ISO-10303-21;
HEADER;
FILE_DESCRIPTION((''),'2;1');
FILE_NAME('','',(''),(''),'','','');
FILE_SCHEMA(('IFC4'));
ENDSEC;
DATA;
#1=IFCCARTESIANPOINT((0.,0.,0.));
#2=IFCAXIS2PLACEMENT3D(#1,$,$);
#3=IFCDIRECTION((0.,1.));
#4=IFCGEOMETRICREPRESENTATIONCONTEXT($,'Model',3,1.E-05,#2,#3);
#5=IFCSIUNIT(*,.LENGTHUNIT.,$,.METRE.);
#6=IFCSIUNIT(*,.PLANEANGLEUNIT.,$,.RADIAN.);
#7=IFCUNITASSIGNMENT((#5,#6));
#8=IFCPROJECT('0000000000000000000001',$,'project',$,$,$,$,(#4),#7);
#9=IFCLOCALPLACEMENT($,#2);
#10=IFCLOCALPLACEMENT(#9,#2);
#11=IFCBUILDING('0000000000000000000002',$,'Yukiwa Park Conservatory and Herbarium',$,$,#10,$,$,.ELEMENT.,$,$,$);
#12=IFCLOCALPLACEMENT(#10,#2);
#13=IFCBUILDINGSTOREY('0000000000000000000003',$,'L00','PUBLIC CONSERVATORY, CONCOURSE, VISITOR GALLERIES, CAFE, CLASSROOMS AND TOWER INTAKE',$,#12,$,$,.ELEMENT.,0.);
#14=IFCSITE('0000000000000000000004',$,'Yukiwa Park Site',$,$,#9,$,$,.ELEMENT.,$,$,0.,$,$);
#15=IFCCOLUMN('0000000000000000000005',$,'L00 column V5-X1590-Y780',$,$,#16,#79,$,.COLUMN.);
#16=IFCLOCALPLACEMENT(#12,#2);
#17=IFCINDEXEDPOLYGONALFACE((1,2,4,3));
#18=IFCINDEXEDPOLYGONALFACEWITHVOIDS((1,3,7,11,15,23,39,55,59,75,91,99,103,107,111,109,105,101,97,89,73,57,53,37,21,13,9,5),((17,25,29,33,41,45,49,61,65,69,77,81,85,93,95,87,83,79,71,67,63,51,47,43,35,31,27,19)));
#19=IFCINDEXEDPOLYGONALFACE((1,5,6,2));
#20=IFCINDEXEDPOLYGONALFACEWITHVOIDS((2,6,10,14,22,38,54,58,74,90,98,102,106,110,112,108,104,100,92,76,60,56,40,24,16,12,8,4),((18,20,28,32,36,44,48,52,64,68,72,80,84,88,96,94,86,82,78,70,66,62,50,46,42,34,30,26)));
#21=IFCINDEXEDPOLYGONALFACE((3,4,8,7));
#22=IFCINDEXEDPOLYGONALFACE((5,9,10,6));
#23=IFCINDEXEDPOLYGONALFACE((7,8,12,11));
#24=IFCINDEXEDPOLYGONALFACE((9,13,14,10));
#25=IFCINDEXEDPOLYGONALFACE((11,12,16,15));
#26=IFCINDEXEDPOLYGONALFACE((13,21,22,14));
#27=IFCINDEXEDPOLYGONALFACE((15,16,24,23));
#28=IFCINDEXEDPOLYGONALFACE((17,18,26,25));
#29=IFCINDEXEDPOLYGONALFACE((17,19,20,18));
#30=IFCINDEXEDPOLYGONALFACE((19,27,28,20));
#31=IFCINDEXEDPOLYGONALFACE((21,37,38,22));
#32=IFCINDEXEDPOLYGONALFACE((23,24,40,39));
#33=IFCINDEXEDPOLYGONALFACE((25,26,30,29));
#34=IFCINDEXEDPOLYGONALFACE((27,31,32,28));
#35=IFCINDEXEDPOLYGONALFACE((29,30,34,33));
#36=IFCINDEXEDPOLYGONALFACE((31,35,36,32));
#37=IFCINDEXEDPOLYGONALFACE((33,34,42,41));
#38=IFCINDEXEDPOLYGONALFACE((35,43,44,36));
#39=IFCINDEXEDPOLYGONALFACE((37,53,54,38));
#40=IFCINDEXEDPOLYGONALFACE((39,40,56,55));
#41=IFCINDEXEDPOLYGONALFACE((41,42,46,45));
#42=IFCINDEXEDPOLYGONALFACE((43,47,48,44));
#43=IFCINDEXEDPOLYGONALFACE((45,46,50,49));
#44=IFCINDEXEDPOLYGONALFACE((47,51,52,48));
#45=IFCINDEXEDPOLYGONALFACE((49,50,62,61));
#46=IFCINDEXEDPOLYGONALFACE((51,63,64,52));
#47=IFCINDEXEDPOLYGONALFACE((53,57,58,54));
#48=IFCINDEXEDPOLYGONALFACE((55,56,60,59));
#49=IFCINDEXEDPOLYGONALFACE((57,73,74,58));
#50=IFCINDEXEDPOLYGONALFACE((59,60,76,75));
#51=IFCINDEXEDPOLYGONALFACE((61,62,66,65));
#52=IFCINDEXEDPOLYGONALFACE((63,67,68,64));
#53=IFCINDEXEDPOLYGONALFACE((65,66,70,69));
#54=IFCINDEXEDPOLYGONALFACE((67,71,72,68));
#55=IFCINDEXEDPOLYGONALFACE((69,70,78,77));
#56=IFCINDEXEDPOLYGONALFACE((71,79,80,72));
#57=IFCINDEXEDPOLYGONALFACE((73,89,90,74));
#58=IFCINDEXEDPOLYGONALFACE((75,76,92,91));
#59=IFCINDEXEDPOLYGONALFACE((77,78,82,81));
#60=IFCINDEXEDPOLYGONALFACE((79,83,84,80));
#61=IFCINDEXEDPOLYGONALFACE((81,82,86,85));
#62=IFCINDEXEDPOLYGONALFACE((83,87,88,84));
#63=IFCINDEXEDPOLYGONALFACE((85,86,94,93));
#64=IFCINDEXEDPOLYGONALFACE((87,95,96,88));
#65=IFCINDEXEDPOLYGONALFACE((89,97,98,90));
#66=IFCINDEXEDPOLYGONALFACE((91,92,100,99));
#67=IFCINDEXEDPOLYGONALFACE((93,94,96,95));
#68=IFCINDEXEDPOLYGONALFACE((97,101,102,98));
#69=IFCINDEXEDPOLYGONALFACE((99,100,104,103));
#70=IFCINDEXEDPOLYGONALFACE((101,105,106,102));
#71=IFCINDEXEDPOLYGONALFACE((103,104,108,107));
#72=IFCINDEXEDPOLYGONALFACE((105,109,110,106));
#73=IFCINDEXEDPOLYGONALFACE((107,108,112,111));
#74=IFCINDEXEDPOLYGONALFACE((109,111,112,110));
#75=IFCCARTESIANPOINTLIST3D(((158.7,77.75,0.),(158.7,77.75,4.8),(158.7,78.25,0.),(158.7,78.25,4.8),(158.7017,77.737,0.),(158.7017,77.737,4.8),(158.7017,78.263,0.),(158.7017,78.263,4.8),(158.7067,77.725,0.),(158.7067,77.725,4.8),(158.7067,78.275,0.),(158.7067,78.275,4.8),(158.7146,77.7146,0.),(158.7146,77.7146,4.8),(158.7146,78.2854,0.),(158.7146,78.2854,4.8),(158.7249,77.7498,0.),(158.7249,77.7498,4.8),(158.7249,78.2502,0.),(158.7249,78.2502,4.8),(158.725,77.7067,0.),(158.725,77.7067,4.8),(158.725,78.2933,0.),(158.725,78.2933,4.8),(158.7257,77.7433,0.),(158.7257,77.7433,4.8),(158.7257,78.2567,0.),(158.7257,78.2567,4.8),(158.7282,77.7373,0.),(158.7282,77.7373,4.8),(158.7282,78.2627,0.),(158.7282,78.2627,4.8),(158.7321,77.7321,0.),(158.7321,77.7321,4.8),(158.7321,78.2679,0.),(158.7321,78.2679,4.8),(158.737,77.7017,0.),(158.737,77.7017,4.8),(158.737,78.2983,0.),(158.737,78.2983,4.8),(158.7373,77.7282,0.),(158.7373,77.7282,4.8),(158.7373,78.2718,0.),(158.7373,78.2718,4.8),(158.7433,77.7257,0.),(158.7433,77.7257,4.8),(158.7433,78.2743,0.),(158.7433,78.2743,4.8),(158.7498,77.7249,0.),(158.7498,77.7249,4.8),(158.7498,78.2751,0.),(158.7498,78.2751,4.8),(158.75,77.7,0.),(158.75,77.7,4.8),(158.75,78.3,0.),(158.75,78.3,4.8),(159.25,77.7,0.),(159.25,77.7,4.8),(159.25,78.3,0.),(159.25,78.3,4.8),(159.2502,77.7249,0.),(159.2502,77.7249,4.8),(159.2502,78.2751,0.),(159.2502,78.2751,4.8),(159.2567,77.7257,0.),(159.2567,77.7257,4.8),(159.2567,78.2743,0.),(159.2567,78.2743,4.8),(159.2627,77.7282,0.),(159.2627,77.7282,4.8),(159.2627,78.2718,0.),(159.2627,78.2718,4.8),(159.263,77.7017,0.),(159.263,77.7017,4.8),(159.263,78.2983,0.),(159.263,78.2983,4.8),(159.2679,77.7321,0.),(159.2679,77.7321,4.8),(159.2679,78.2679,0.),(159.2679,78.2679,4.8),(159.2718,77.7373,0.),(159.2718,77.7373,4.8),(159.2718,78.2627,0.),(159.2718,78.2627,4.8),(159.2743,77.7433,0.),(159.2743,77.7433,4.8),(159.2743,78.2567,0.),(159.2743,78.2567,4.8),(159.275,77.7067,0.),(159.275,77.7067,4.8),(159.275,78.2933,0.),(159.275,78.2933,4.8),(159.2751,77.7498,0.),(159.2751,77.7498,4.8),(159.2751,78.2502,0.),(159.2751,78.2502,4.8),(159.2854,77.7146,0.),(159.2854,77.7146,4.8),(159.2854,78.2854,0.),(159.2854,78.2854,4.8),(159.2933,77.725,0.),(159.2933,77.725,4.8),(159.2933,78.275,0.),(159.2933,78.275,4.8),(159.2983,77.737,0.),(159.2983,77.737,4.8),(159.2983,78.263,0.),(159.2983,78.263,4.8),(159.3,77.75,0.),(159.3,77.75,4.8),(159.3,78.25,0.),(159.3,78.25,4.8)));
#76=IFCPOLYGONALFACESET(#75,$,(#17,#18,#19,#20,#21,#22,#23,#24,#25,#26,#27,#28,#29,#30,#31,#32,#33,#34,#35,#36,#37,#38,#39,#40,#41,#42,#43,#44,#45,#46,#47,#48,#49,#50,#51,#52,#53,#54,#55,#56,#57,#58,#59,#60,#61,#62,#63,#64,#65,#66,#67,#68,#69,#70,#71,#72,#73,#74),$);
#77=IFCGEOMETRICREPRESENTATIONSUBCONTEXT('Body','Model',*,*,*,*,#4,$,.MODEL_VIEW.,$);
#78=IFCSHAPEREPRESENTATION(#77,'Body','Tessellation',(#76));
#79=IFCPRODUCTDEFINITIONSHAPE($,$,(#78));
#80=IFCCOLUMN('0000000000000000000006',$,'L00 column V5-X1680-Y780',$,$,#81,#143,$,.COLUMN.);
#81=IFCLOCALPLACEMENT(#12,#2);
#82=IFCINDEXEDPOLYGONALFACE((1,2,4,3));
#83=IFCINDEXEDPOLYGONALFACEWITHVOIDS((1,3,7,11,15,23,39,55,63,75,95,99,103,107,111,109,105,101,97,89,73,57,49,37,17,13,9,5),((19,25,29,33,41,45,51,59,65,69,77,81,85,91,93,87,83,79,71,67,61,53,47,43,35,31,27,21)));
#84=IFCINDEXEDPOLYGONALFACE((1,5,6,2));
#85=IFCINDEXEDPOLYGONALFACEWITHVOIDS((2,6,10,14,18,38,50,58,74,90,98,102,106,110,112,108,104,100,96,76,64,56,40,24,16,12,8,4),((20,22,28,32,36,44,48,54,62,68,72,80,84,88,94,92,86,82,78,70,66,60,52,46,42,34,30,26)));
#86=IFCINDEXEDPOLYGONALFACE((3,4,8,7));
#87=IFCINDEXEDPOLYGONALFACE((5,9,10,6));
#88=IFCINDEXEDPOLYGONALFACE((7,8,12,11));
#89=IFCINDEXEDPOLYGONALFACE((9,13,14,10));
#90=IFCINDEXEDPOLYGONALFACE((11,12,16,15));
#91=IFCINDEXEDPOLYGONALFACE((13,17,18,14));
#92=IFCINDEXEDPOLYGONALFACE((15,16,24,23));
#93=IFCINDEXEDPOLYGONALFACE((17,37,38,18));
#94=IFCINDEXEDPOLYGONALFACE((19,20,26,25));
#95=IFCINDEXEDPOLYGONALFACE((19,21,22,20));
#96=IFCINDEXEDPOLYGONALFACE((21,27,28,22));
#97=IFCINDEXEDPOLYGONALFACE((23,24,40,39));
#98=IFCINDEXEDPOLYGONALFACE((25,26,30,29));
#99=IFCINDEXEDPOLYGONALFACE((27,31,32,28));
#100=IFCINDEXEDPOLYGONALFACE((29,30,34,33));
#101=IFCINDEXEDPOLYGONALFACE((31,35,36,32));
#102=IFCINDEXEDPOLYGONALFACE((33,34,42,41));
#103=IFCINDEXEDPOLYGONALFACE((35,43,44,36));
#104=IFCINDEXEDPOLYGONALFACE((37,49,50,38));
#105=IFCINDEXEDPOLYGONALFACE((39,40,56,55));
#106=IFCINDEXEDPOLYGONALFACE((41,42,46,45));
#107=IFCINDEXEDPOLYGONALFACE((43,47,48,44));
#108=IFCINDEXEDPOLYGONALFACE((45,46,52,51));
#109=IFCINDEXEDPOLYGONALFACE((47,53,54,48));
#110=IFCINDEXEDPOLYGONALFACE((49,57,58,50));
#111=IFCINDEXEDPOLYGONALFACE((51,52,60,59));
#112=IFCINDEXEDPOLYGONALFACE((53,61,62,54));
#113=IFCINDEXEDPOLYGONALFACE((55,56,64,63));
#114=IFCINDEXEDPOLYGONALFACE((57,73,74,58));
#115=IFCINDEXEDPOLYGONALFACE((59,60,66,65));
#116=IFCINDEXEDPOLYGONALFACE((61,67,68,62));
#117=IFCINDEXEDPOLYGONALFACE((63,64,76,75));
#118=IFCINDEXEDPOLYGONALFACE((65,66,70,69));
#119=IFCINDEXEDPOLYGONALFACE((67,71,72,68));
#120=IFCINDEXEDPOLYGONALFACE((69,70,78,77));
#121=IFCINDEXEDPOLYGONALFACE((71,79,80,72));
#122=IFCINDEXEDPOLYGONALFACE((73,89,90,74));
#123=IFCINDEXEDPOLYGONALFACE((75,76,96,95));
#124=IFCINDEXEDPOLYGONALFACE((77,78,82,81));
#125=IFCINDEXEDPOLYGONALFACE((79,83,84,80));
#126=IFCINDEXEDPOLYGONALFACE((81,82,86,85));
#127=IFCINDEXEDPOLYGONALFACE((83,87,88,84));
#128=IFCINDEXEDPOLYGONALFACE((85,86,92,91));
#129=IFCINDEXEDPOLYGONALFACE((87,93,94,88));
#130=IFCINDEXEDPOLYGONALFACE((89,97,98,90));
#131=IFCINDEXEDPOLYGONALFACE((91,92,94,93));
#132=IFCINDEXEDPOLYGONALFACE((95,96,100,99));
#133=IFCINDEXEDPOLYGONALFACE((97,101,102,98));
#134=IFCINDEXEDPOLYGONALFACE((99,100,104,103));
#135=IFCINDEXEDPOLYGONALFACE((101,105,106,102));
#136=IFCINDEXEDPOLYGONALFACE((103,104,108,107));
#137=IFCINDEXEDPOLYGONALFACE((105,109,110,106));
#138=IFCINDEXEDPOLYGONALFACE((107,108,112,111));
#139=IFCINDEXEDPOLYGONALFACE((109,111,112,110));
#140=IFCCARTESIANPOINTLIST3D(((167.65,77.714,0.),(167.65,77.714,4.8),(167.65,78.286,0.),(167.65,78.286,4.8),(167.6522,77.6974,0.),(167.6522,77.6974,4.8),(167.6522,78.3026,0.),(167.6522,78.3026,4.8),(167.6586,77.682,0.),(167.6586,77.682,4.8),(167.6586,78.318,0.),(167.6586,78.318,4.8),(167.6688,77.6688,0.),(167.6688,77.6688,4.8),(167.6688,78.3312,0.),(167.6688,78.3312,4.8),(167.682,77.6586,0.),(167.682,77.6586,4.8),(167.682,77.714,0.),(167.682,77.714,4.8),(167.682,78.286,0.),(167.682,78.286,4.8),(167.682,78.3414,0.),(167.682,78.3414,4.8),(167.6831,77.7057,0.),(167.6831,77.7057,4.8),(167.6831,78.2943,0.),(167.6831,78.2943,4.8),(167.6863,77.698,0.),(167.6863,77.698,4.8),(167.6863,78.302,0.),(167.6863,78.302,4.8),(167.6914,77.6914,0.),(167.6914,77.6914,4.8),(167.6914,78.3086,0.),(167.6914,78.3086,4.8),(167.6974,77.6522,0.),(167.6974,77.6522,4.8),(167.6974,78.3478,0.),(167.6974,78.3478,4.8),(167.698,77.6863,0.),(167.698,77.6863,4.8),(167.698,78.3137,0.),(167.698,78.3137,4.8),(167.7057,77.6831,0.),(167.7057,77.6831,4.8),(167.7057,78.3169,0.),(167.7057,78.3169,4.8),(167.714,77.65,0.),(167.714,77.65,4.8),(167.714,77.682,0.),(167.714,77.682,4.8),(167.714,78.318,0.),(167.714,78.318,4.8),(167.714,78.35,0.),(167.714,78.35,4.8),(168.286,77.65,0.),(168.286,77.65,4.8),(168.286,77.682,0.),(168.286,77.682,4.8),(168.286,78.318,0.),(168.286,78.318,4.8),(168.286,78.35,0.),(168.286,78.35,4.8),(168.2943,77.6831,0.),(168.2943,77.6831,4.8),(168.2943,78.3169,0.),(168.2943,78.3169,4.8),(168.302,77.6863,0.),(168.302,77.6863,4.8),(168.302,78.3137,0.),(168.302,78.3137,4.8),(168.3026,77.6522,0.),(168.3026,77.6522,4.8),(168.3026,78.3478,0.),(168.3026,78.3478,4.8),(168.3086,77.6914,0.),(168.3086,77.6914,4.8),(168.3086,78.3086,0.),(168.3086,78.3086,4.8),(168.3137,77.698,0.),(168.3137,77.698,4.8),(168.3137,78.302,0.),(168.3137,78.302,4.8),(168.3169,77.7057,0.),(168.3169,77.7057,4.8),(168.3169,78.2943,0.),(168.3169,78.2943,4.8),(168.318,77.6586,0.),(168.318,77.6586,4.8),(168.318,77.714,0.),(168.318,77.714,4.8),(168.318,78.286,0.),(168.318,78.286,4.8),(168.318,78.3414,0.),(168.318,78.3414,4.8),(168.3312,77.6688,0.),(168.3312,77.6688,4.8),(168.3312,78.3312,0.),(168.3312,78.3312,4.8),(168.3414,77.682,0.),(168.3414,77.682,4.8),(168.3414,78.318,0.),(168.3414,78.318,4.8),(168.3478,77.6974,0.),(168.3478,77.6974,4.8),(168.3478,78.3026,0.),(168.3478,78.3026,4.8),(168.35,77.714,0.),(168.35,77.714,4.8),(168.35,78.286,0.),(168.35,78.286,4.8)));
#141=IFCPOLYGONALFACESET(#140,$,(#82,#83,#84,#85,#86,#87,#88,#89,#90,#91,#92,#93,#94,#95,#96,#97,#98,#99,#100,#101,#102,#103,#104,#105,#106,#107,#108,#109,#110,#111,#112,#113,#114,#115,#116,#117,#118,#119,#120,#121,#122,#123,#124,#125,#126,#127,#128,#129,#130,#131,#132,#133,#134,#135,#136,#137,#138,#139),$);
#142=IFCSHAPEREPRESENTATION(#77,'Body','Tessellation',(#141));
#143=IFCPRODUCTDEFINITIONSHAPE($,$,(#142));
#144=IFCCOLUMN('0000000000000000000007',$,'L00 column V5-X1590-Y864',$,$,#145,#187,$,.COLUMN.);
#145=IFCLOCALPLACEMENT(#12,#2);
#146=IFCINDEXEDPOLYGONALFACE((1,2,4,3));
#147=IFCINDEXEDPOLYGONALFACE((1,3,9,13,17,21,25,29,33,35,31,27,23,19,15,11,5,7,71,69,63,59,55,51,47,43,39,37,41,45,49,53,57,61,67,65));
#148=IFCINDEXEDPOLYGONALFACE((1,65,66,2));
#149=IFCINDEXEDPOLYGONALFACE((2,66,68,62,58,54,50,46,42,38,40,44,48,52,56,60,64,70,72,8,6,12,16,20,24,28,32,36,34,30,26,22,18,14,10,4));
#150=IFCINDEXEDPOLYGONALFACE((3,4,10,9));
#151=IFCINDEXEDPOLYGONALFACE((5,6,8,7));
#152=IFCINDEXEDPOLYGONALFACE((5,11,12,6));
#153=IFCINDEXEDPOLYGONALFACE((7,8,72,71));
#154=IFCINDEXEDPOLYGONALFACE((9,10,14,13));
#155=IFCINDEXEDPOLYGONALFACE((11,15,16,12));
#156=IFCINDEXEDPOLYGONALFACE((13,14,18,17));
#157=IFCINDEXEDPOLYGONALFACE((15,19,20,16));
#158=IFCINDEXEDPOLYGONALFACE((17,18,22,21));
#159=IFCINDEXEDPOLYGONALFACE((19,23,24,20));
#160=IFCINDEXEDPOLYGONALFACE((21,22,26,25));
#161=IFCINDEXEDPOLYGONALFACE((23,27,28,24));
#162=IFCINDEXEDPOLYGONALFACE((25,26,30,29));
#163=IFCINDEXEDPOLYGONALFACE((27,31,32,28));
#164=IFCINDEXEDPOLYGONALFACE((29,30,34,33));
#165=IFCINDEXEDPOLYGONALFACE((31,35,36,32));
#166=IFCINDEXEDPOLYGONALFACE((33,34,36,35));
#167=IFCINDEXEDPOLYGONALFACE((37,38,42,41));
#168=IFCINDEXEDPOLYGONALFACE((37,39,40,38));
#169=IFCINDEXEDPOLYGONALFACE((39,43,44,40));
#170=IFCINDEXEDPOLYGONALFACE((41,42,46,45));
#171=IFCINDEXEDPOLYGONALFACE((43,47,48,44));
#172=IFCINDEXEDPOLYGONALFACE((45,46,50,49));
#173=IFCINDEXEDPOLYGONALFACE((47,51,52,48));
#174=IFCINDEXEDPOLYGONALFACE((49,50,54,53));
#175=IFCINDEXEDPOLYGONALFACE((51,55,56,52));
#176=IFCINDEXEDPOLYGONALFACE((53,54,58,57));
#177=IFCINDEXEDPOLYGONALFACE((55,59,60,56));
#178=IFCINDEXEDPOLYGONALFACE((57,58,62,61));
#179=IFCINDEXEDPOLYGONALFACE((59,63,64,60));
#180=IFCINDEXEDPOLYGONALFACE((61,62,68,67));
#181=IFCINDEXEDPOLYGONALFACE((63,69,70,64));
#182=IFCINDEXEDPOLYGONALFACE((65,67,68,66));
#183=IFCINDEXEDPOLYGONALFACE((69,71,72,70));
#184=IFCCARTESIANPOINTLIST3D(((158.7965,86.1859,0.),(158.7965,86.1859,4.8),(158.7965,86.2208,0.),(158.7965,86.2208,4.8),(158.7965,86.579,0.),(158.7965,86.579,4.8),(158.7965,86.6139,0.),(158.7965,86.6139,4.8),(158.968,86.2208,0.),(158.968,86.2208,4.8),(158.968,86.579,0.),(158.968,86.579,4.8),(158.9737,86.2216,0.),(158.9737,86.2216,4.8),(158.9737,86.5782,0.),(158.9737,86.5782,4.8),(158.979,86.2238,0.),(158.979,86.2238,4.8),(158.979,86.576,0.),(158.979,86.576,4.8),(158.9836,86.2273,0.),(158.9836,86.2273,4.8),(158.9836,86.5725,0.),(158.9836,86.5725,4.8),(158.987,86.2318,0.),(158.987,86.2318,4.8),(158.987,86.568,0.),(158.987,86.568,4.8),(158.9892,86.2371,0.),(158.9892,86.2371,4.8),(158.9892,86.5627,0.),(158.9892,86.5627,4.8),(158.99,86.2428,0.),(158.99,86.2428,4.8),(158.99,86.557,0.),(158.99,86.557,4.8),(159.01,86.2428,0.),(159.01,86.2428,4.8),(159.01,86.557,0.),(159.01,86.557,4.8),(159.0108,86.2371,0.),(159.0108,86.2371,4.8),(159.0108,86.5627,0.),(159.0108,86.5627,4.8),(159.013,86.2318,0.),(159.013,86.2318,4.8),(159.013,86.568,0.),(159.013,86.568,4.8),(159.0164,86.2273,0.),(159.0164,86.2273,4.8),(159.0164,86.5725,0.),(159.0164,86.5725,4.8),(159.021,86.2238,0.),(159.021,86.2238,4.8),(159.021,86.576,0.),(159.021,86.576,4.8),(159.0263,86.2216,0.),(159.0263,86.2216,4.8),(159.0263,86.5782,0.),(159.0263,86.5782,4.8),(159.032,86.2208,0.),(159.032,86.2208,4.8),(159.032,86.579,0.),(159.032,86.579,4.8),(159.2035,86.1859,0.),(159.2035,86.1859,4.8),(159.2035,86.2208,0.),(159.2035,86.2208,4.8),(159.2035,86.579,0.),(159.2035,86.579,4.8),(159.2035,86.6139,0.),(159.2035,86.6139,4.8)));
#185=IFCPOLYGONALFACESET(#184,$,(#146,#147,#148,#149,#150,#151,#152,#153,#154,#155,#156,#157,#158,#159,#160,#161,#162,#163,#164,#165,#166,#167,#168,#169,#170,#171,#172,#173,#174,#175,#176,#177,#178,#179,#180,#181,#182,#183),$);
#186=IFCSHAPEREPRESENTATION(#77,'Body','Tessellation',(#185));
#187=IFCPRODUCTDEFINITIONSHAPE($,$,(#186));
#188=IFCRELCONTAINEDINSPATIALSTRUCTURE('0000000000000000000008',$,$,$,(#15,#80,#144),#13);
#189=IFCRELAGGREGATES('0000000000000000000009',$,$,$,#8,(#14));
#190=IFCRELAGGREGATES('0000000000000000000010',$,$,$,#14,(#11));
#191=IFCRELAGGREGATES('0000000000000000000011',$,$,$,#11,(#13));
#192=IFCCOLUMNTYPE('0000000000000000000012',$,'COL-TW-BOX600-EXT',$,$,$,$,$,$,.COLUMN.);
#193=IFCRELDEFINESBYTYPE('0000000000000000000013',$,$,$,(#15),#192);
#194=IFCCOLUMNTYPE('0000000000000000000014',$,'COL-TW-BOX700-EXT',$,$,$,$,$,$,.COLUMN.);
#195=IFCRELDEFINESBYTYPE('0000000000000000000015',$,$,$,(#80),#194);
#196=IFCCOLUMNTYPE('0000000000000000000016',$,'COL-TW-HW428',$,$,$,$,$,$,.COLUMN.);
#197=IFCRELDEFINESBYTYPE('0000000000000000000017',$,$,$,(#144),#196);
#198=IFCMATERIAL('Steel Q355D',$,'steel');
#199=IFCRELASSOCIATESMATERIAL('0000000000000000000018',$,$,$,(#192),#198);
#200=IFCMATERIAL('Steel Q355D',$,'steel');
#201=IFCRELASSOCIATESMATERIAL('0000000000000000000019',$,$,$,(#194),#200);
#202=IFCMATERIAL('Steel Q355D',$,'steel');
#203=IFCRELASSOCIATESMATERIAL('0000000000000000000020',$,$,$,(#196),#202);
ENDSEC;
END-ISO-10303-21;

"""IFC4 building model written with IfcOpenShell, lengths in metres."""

from ifc_helpers import new_model, si_unit, direction, frame, origin, origin_2d, place, context, subcontext, project, spatial, hollow_rectangle, i_section, extrude, material, material_profile, profile_set, type_object, element, save


model = new_model("IFC4")

# Units and contexts
model_context = context("Model", 3, precision=1e-05, world=origin(), true_north=direction((0.0, 1.0)))
body_context = subcontext(model_context, "Body", "Model", "MODEL_VIEW")
ifc_project = project(units=[si_unit("LENGTHUNIT", "METRE"), si_unit("PLANEANGLEUNIT", "RADIAN")], contexts=[model_context])

# Site, building, storey
site_placement = place(None, origin())
site = spatial("IfcSite", under=ifc_project, at=site_placement, Name="Yukiwa Park Site", CompositionType="ELEMENT", RefElevation=0.0)
building_placement = place(site_placement, origin())
building = spatial("IfcBuilding", under=site, at=building_placement, Name="Yukiwa Park Conservatory and Herbarium", CompositionType="ELEMENT")
storey_placement = place(building_placement, origin())
storey = spatial("IfcBuildingStorey", under=building, at=storey_placement, Name="L00", Description="PUBLIC CONSERVATORY, CONCOURSE, VISITOR GALLERIES, CAFE, CLASSROOMS AND TOWER INTAKE", CompositionType="ELEMENT", Elevation=0.0)

# Columns
ifc_material_1 = material(Name="Steel Q355D", Category="steel")
ifc_material_profile_1 = material_profile(ifc_material_1, hollow_rectangle(XDim=0.6001, YDim=0.6001, WallThickness=0.0249, InnerFilletRadius=0.0249, OuterFilletRadius=0.05, at=origin_2d()), Name="BOX 600x600x25")
ifc_profile_set_1 = profile_set([ifc_material_profile_1], Name="Steel Q355D")
column_type_1 = type_object("IfcColumnType", Name="COL-TW-BOX600-EXT", PredefinedType="COLUMN", material=ifc_profile_set_1)
column_1_placement = place(storey_placement, frame((159.0, 78.0, 0.0), z_axis=(0.0, 0.0, 1.0), x_axis=(1.0, 0.0, 0.0)))
element("IfcColumn", 1, at=column_1_placement, inside=storey, type_object=column_type_1, Name="L00 column V5-X1590-Y780", PredefinedType="COLUMN", context=body_context, shape_type="SweptSolid", body=[
    extrude(hollow_rectangle(XDim=0.6001, YDim=0.6001, WallThickness=0.0249, InnerFilletRadius=0.0249, OuterFilletRadius=0.05, at=origin_2d()), origin(), (0.0, 0.0, 1.0), 4.8),
])
ifc_material_2 = material(Name="Steel Q355D", Category="steel")
ifc_material_profile_2 = material_profile(ifc_material_2, hollow_rectangle(XDim=0.7, YDim=0.7, WallThickness=0.032, InnerFilletRadius=0.032, OuterFilletRadius=0.064, at=origin_2d()), Name="BOX 700x700x32")
ifc_profile_set_2 = profile_set([ifc_material_profile_2], Name="Steel Q355D")
column_type_2 = type_object("IfcColumnType", Name="COL-TW-BOX700-EXT", PredefinedType="COLUMN", material=ifc_profile_set_2)
column_2_placement = place(storey_placement, frame((168.0, 78.0, 0.0), z_axis=(0.0, 0.0, 1.0), x_axis=(1.0, 0.0, 0.0)))
element("IfcColumn", 2, at=column_2_placement, inside=storey, type_object=column_type_2, Name="L00 column V5-X1680-Y780", PredefinedType="COLUMN", context=body_context, shape_type="SweptSolid", body=[
    extrude(hollow_rectangle(XDim=0.7, YDim=0.7, WallThickness=0.032, InnerFilletRadius=0.032, OuterFilletRadius=0.064, at=origin_2d()), origin(), (0.0, 0.0, 1.0), 4.8),
])
ifc_material_3 = material(Name="Steel Q355D", Category="steel")
ifc_material_profile_3 = material_profile(ifc_material_3, i_section(OverallWidth=0.407, OverallDepth=0.428, WebThickness=0.02, FlangeThickness=0.0349, FilletRadius=0.022, at=origin_2d()), Name="HW 428x407x20x35")
ifc_profile_set_3 = profile_set([ifc_material_profile_3], Name="Steel Q355D")
column_type_3 = type_object("IfcColumnType", Name="COL-TW-HW428", PredefinedType="COLUMN", material=ifc_profile_set_3)
column_3_placement = place(storey_placement, frame((159.0, 86.3999, 0.0), z_axis=(0.0, 0.0, 1.0), x_axis=(1.0, 0.0, 0.0)))
element("IfcColumn", 3, at=column_3_placement, inside=storey, type_object=column_type_3, Name="L00 column V5-X1590-Y864", PredefinedType="COLUMN", context=body_context, shape_type="SweptSolid", body=[
    extrude(i_section(OverallWidth=0.407, OverallDepth=0.428, WebThickness=0.02, FlangeThickness=0.0349, FilletRadius=0.022, at=origin_2d()), origin(), (0.0, 0.0, 1.0), 4.8),
])

save(model, "model.ifc")
